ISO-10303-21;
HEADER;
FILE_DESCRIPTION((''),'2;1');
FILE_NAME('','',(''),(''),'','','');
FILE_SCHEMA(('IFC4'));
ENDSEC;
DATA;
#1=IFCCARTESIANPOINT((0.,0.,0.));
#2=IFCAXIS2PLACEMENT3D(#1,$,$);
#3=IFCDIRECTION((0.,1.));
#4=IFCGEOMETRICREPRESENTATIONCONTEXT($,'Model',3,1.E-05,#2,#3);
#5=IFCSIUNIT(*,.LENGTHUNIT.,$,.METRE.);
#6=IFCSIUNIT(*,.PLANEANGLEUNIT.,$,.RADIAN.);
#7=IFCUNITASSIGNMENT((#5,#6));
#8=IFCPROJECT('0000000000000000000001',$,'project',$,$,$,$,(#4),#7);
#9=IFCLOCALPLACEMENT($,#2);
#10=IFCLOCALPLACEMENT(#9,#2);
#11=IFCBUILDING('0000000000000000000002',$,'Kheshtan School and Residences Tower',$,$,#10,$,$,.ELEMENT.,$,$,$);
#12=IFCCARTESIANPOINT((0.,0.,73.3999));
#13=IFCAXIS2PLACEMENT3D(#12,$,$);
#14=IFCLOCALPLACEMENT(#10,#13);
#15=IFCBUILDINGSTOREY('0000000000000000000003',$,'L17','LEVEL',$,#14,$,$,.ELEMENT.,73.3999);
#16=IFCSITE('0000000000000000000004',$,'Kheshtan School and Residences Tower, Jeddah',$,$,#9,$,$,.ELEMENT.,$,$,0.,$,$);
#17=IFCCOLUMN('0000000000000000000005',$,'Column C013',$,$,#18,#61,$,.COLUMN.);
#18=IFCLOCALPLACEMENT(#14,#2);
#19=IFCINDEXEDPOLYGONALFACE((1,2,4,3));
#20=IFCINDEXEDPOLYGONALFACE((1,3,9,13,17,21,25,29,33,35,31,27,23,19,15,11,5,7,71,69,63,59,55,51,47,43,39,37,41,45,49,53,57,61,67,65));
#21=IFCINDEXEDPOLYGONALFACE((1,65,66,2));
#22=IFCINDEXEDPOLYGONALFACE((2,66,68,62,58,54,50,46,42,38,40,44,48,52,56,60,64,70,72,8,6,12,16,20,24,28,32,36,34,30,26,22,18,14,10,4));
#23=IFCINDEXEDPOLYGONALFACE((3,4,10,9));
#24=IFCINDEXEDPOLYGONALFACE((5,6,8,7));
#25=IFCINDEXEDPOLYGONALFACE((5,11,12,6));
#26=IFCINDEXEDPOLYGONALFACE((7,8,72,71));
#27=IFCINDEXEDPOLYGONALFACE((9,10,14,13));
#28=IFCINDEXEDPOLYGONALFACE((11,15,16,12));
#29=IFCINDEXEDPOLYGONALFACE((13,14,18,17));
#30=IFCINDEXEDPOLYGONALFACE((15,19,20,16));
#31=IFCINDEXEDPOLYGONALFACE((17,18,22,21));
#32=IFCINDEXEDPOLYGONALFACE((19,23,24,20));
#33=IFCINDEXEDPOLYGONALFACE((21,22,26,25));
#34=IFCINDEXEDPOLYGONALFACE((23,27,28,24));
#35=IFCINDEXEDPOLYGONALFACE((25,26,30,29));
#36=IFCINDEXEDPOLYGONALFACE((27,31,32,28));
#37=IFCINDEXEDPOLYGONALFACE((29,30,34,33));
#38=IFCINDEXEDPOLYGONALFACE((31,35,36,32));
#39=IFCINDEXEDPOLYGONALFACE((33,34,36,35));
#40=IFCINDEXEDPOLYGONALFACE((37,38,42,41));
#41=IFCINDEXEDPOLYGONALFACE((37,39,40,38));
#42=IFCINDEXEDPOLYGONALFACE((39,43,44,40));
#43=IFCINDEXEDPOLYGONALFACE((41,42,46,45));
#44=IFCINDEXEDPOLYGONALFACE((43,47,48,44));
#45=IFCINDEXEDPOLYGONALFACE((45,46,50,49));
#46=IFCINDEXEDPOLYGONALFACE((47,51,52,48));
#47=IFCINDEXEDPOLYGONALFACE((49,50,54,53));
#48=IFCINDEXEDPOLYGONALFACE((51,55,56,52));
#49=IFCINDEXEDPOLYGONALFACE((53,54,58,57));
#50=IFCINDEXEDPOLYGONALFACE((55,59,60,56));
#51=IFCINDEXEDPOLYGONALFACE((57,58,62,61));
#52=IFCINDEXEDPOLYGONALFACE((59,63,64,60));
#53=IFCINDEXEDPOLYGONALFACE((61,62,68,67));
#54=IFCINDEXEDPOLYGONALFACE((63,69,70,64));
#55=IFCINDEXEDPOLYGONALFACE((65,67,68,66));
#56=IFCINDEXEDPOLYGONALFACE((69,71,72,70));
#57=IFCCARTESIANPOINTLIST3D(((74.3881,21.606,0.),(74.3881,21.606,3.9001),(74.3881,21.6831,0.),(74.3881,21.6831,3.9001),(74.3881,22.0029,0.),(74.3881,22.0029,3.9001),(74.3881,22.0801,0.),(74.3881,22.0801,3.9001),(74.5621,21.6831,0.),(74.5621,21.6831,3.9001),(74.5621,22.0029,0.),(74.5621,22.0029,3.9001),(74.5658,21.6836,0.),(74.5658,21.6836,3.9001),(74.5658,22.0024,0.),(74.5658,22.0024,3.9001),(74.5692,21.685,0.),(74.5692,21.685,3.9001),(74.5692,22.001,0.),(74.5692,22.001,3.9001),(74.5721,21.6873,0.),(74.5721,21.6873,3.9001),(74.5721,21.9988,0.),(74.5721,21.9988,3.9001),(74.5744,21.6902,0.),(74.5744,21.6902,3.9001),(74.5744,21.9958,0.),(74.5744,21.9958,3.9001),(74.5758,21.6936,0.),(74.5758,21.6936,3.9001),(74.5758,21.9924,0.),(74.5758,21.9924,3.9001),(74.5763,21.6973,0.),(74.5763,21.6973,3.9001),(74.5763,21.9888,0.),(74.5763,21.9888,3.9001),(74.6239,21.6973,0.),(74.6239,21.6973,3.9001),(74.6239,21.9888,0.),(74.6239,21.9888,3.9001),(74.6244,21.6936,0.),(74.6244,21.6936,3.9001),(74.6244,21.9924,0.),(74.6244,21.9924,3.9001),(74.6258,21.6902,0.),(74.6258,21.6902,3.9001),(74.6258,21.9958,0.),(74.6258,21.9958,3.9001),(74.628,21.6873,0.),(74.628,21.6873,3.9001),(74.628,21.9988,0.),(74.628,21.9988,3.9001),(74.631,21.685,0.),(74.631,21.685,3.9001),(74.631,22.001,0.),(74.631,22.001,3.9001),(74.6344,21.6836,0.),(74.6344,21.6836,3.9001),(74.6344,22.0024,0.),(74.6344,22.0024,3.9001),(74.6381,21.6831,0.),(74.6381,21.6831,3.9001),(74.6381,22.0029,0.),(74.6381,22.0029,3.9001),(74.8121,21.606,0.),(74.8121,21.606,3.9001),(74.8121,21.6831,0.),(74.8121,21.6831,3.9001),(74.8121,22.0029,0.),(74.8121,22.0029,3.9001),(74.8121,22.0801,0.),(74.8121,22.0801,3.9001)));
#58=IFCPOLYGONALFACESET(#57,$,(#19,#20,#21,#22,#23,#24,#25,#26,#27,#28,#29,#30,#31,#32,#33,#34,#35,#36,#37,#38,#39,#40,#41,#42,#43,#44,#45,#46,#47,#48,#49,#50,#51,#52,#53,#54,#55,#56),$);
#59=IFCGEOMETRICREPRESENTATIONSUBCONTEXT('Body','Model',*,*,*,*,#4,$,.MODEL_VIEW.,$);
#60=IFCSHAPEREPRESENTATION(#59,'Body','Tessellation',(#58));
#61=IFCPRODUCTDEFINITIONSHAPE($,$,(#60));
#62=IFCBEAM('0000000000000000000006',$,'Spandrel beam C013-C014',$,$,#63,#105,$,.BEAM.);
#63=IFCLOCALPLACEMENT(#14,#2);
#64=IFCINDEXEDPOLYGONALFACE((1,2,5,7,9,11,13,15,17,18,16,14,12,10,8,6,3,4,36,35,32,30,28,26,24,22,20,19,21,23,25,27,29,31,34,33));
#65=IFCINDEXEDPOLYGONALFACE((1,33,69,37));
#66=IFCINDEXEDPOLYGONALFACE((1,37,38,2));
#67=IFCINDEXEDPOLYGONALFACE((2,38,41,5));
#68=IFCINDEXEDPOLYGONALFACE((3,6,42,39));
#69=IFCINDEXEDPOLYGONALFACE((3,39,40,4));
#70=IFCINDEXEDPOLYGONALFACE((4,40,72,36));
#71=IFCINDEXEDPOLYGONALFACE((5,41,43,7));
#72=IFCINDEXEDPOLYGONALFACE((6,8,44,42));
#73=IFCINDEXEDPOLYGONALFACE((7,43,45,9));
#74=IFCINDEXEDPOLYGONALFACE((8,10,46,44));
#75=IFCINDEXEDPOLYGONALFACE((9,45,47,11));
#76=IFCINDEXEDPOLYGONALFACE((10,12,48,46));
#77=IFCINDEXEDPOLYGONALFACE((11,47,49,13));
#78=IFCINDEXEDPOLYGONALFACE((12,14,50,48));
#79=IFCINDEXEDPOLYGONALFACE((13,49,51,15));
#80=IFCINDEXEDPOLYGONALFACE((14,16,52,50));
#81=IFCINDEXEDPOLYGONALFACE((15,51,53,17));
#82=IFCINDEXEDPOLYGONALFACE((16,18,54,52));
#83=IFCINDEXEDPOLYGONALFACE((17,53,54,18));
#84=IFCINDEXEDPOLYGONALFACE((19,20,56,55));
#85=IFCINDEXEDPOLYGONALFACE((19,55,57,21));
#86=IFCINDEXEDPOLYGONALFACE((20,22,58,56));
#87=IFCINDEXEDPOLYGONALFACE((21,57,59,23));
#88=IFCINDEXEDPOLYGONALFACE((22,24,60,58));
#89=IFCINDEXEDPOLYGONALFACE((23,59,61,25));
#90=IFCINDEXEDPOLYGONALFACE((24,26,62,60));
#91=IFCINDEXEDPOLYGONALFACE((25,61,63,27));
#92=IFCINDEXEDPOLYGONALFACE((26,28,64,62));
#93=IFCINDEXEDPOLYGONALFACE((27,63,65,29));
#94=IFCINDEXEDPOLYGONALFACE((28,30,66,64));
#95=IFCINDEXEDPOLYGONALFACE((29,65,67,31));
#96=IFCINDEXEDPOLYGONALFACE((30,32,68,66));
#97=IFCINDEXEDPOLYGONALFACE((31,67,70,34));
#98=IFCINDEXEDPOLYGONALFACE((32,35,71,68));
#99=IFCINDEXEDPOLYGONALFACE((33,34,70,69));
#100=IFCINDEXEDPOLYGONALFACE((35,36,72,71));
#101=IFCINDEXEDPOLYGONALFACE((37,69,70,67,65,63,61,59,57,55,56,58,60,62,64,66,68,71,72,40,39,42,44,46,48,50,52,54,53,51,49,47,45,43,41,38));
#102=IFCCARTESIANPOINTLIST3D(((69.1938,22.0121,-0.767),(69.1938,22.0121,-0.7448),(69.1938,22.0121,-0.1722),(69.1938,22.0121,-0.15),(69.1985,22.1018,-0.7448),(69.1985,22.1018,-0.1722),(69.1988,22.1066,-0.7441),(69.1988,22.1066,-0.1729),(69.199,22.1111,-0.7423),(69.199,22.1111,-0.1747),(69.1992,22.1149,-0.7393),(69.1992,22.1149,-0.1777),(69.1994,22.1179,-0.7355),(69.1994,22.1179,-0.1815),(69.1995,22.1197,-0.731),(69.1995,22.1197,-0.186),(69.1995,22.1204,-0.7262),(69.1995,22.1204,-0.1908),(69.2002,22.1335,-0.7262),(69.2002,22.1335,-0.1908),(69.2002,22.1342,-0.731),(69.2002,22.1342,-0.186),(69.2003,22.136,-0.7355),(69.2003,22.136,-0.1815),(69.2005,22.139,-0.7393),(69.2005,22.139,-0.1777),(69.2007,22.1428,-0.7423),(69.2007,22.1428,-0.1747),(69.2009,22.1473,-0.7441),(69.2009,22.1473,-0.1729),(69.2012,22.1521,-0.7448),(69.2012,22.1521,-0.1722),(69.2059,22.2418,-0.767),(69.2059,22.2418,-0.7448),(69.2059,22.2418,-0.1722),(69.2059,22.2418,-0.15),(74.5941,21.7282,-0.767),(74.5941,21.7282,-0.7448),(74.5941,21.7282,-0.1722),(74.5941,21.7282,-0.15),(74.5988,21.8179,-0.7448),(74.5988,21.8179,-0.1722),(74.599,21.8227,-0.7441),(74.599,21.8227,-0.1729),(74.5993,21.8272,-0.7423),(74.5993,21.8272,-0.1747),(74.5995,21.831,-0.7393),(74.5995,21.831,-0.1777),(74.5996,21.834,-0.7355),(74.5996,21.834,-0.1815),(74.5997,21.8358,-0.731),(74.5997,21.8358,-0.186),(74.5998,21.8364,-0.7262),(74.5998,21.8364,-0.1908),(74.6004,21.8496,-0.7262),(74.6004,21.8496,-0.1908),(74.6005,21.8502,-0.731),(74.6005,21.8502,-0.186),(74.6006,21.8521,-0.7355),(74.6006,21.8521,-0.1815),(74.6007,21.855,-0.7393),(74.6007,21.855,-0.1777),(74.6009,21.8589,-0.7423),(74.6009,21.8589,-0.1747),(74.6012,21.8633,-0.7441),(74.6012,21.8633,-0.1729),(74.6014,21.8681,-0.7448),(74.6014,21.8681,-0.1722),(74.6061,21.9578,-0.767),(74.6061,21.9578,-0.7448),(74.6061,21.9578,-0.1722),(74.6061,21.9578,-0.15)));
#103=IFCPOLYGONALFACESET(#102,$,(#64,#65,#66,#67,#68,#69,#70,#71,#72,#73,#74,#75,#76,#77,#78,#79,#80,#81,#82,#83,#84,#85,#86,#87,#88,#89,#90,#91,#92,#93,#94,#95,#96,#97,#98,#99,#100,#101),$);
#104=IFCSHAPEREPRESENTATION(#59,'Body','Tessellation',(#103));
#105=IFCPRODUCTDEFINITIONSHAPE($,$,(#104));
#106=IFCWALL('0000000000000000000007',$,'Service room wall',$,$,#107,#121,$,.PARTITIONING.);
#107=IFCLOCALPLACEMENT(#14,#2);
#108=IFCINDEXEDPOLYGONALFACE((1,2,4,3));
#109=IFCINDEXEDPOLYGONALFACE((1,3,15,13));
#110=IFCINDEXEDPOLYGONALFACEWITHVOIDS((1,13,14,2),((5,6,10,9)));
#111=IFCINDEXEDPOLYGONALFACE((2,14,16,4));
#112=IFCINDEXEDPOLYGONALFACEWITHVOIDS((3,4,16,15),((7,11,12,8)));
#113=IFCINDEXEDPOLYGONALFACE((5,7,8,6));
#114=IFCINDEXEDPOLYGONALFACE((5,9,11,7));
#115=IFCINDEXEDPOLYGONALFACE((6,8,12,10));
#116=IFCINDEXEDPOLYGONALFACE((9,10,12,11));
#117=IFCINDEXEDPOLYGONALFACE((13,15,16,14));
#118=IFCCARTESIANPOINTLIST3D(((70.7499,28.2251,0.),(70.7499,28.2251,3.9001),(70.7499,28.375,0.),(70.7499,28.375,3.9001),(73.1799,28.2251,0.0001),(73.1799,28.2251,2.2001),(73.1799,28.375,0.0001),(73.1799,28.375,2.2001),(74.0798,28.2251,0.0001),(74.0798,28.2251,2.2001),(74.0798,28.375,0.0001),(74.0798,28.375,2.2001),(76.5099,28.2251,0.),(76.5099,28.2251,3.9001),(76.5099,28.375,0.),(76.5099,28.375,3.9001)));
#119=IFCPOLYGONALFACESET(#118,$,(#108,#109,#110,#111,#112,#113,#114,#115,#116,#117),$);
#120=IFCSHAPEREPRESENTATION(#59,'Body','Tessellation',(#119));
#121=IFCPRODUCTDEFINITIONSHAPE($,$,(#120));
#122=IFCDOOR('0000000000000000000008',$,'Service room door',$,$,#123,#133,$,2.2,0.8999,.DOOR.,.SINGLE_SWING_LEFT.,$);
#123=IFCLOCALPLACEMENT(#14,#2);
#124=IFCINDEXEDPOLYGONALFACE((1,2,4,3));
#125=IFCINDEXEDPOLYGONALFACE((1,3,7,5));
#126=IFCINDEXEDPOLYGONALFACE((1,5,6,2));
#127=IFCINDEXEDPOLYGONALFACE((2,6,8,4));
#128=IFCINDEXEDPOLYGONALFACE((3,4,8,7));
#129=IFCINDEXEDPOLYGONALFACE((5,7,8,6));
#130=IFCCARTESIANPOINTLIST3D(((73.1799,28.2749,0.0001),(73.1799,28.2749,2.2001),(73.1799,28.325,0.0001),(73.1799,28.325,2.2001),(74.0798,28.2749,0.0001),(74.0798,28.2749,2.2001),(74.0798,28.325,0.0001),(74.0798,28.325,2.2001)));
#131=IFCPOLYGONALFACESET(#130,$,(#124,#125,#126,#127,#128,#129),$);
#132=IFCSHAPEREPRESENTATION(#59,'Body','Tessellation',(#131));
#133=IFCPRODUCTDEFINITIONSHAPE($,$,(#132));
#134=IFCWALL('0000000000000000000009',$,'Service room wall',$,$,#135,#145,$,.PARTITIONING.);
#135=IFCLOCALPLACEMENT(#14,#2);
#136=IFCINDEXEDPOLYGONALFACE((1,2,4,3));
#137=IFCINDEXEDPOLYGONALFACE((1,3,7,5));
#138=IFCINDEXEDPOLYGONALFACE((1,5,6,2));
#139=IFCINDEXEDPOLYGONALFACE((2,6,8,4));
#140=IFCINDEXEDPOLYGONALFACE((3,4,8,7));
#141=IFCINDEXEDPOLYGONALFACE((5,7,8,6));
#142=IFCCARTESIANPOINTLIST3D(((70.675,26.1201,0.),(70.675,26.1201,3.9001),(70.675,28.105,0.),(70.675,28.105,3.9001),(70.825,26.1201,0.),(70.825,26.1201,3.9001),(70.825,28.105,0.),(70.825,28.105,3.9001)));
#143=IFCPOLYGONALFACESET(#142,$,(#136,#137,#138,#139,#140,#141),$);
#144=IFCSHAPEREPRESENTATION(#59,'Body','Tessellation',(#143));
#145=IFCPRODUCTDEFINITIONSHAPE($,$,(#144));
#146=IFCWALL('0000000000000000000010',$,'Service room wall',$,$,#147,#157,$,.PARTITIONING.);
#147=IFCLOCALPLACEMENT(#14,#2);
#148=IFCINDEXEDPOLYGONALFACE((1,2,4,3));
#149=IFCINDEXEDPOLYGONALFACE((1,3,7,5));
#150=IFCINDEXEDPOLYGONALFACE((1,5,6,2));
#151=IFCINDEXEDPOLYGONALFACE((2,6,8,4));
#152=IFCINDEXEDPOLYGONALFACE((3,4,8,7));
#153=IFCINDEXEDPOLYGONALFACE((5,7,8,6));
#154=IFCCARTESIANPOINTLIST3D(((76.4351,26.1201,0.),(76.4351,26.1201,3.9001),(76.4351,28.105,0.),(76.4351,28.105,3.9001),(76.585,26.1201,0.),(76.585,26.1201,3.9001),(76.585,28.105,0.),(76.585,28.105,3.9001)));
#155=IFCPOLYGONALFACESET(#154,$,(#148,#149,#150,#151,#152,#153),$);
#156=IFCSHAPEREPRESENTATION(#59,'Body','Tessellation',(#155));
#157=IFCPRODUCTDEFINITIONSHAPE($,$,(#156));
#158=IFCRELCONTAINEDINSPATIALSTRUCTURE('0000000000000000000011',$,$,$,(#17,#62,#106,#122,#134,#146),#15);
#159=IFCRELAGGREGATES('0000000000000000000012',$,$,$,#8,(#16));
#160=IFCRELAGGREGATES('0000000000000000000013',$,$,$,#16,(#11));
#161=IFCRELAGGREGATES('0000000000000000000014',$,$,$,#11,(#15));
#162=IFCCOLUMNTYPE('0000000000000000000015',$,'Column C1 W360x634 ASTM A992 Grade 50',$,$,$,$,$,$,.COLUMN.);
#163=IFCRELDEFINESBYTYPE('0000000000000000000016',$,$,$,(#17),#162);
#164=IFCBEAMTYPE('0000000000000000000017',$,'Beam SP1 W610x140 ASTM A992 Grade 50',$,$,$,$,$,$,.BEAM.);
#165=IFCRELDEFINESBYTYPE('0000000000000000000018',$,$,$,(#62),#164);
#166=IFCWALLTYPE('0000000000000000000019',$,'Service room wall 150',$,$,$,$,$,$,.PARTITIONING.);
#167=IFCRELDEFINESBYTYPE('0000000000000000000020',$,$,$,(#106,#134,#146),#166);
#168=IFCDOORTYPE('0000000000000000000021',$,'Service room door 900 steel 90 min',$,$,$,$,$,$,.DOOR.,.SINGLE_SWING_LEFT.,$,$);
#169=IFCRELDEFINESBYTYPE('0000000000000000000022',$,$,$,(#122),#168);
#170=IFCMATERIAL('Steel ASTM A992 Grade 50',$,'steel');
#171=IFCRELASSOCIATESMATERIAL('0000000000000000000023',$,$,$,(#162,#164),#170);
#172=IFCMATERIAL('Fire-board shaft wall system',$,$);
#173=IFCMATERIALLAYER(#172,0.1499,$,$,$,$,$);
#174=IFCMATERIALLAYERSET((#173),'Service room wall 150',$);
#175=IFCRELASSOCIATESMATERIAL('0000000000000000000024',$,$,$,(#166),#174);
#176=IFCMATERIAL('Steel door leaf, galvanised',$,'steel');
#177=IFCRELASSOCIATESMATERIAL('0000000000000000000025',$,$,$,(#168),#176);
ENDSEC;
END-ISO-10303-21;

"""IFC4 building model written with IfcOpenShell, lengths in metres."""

from ifc_helpers import new_model, si_unit, direction, frame, frame_2d, origin, origin_2d, place, context, subcontext, project, spatial, rectangle, i_section, extrude, source, transform, mapped, material, layer, layer_set, material_profile, profile_set, type_object, element, fill, save


model = new_model("IFC4")

# Units and contexts
model_context = context("Model", 3, precision=1e-05, world=origin(), true_north=direction((0.0, 1.0)))
body_context = subcontext(model_context, "Body", "Model", "MODEL_VIEW")
ifc_project = project(units=[si_unit("LENGTHUNIT", "METRE"), si_unit("PLANEANGLEUNIT", "RADIAN")], contexts=[model_context])

# Site, building, storey
site_placement = place(None, origin())
site = spatial("IfcSite", under=ifc_project, at=site_placement, Name="Kheshtan School and Residences Tower, Jeddah", CompositionType="ELEMENT", RefElevation=0.0)
building_placement = place(site_placement, origin())
building = spatial("IfcBuilding", under=site, at=building_placement, Name="Kheshtan School and Residences Tower", CompositionType="ELEMENT")
storey_placement = place(building_placement, frame((0.0, 0.0, 73.3999)))
storey = spatial("IfcBuildingStorey", under=building, at=storey_placement, Name="L17", Description="LEVEL", CompositionType="ELEMENT", Elevation=73.3999)

# Column
ifc_material_1 = material(Name="Steel ASTM A992 Grade 50", Category="steel")
ifc_material_profile_1 = material_profile(ifc_material_1, i_section(OverallWidth=0.4241, OverallDepth=0.4741, WebThickness=0.0476, FlangeThickness=0.0771, FilletRadius=0.0142, at=origin_2d()), Name="W360x634")
ifc_profile_set_1 = profile_set([ifc_material_profile_1], Name="Steel ASTM A992 Grade 50")
column_type = type_object("IfcColumnType", Name="Column C1 W360x634 ASTM A992 Grade 50", PredefinedType="COLUMN", material=ifc_profile_set_1)
column_placement = place(storey_placement, frame((74.6001, 21.843, 0.0), z_axis=(0.0, 0.0, 1.0), x_axis=(1.0, 0.0, 0.0)))
element("IfcColumn", 1, at=column_placement, inside=storey, type_object=column_type, Name="Column C013", PredefinedType="COLUMN", context=body_context, shape_type="SweptSolid", body=[
    extrude(i_section(OverallWidth=0.4241, OverallDepth=0.4741, WebThickness=0.0476, FlangeThickness=0.0771, FilletRadius=0.0142, at=origin_2d()), origin(), (0.0, 0.0, 1.0), 3.9001),
])

# Beam
ifc_material_profile_2 = material_profile(ifc_material_1, i_section(OverallWidth=0.23, OverallDepth=0.6169, WebThickness=0.0132, FlangeThickness=0.0222, FilletRadius=0.0186, at=origin_2d()), Name="W610x140")
ifc_profile_set_2 = profile_set([ifc_material_profile_2], Name="Steel ASTM A992 Grade 50")
beam_type = type_object("IfcBeamType", Name="Beam SP1 W610x140 ASTM A992 Grade 50", PredefinedType="BEAM", material=ifc_profile_set_2)
beam_placement = place(storey_placement, frame((74.6001, 21.843, -0.4585), z_axis=(-0.998621, 0.052507, 0.0), x_axis=(-0.052507, -0.998621, 0.0)))
element("IfcBeam", 2, at=beam_placement, inside=storey, type_object=beam_type, Name="Spandrel beam C013-C014", PredefinedType="BEAM", context=body_context, shape_type="SweptSolid", body=[
    extrude(i_section(OverallWidth=0.23, OverallDepth=0.6169, WebThickness=0.0132, FlangeThickness=0.0222, FilletRadius=0.0186, at=origin_2d()), origin(), (0.0, 0.0, 1.0), 5.4077),
])

# Wall, opening, door
ifc_material_2 = material(Name="Fire-board shaft wall system")
ifc_layer_1 = layer(ifc_material_2, 0.1499)
ifc_layer_set_1 = layer_set([ifc_layer_1], Name="Service room wall 150")
wall_type_1 = type_object("IfcWallType", Name="Service room wall 150", PredefinedType="PARTITIONING", material=ifc_layer_set_1)
wall_1_placement = place(storey_placement, frame((70.75, 28.3, 0.0), z_axis=(0.0, 0.0, 1.0), x_axis=(1.0, 0.0, 0.0)))
wall_1 = element("IfcWall", 3, at=wall_1_placement, inside=storey, type_object=wall_type_1, Name="Service room wall", PredefinedType="PARTITIONING", context=body_context, shape_type="SweptSolid", body=[
    extrude(rectangle(XDim=5.76, YDim=0.1499, at=frame_2d((2.8799, 0.0))), origin(), (0.0, 0.0, 1.0), 3.9001),
])
opening_1_placement = place(wall_1_placement, frame((2.4299, 0.0, 0.0)))
opening_1 = element("IfcOpeningElement", 4, at=opening_1_placement, cuts=wall_1, PredefinedType="OPENING", context=body_context, shape_type="SweptSolid", body=[
    extrude(rectangle(XDim=0.8999, YDim=2.2, at=frame_2d((0.45, 1.1001))), frame((0.0, 0.085, 0.0), z_axis=(0.0, -1.0, 0.0), x_axis=(1.0, 0.0, 0.0)), (0.0, 0.0, 1.0), 0.1699),
])
ifc_material_3 = material(Name="Steel door leaf, galvanised", Category="steel")
door_type_1 = type_object("IfcDoorType", Name="Service room door 900 steel 90 min", OperationType="SINGLE_SWING_LEFT", PredefinedType="DOOR", material=ifc_material_3)
shared_shape_1 = source(origin(), body_context, "Body", "SweptSolid", [
    extrude(rectangle(XDim=0.8999, YDim=2.2, at=frame_2d((0.45, 1.1001))), frame((0.0, 0.0249, 0.0), z_axis=(0.0, -1.0, 0.0), x_axis=(1.0, 0.0, 0.0)), (0.0, 0.0, 1.0), 0.05),
])
door_1_placement = place(opening_1_placement, origin())
door_1 = element("IfcDoor", 5, at=door_1_placement, inside=storey, type_object=door_type_1, Name="Service room door", OperationType="SINGLE_SWING_LEFT", OverallHeight=2.2, OverallWidth=0.8999, PredefinedType="DOOR", context=body_context, shape_type="MappedRepresentation", body=[
    mapped(shared_shape_1, transform((0.0, 0.0, 0.0), x_axis=(1.0, 0.0, 0.0), y_axis=(0.0, 1.0, 0.0), z_axis=(0.0, 0.0, 1.0), scale=1.0)),
])
fill(opening_1, door_1)

# Walls
for number, where, z_axis, x_axis, name in (
    (6, (70.75, 26.1201, 0.0), (0.0, 0.0, 1.0), (0.0, 1.0, 0.0), "Service room wall"),
    (7, (76.51, 26.1201, 0.0), (0.0, 0.0, 1.0), (0.0, 1.0, 0.0), "Service room wall"),
):
    element("IfcWall", number, at=place(storey_placement, frame(where, z_axis=z_axis, x_axis=x_axis)), inside=storey, type_object=wall_type_1, Name=name, PredefinedType="PARTITIONING", context=body_context, shape_type="SweptSolid", body=[
        extrude(rectangle(XDim=1.9849, YDim=0.1499, at=frame_2d((0.9924, 0.0))), origin(), (0.0, 0.0, 1.0), 3.9001),
    ])

save(model, "model.ifc")
